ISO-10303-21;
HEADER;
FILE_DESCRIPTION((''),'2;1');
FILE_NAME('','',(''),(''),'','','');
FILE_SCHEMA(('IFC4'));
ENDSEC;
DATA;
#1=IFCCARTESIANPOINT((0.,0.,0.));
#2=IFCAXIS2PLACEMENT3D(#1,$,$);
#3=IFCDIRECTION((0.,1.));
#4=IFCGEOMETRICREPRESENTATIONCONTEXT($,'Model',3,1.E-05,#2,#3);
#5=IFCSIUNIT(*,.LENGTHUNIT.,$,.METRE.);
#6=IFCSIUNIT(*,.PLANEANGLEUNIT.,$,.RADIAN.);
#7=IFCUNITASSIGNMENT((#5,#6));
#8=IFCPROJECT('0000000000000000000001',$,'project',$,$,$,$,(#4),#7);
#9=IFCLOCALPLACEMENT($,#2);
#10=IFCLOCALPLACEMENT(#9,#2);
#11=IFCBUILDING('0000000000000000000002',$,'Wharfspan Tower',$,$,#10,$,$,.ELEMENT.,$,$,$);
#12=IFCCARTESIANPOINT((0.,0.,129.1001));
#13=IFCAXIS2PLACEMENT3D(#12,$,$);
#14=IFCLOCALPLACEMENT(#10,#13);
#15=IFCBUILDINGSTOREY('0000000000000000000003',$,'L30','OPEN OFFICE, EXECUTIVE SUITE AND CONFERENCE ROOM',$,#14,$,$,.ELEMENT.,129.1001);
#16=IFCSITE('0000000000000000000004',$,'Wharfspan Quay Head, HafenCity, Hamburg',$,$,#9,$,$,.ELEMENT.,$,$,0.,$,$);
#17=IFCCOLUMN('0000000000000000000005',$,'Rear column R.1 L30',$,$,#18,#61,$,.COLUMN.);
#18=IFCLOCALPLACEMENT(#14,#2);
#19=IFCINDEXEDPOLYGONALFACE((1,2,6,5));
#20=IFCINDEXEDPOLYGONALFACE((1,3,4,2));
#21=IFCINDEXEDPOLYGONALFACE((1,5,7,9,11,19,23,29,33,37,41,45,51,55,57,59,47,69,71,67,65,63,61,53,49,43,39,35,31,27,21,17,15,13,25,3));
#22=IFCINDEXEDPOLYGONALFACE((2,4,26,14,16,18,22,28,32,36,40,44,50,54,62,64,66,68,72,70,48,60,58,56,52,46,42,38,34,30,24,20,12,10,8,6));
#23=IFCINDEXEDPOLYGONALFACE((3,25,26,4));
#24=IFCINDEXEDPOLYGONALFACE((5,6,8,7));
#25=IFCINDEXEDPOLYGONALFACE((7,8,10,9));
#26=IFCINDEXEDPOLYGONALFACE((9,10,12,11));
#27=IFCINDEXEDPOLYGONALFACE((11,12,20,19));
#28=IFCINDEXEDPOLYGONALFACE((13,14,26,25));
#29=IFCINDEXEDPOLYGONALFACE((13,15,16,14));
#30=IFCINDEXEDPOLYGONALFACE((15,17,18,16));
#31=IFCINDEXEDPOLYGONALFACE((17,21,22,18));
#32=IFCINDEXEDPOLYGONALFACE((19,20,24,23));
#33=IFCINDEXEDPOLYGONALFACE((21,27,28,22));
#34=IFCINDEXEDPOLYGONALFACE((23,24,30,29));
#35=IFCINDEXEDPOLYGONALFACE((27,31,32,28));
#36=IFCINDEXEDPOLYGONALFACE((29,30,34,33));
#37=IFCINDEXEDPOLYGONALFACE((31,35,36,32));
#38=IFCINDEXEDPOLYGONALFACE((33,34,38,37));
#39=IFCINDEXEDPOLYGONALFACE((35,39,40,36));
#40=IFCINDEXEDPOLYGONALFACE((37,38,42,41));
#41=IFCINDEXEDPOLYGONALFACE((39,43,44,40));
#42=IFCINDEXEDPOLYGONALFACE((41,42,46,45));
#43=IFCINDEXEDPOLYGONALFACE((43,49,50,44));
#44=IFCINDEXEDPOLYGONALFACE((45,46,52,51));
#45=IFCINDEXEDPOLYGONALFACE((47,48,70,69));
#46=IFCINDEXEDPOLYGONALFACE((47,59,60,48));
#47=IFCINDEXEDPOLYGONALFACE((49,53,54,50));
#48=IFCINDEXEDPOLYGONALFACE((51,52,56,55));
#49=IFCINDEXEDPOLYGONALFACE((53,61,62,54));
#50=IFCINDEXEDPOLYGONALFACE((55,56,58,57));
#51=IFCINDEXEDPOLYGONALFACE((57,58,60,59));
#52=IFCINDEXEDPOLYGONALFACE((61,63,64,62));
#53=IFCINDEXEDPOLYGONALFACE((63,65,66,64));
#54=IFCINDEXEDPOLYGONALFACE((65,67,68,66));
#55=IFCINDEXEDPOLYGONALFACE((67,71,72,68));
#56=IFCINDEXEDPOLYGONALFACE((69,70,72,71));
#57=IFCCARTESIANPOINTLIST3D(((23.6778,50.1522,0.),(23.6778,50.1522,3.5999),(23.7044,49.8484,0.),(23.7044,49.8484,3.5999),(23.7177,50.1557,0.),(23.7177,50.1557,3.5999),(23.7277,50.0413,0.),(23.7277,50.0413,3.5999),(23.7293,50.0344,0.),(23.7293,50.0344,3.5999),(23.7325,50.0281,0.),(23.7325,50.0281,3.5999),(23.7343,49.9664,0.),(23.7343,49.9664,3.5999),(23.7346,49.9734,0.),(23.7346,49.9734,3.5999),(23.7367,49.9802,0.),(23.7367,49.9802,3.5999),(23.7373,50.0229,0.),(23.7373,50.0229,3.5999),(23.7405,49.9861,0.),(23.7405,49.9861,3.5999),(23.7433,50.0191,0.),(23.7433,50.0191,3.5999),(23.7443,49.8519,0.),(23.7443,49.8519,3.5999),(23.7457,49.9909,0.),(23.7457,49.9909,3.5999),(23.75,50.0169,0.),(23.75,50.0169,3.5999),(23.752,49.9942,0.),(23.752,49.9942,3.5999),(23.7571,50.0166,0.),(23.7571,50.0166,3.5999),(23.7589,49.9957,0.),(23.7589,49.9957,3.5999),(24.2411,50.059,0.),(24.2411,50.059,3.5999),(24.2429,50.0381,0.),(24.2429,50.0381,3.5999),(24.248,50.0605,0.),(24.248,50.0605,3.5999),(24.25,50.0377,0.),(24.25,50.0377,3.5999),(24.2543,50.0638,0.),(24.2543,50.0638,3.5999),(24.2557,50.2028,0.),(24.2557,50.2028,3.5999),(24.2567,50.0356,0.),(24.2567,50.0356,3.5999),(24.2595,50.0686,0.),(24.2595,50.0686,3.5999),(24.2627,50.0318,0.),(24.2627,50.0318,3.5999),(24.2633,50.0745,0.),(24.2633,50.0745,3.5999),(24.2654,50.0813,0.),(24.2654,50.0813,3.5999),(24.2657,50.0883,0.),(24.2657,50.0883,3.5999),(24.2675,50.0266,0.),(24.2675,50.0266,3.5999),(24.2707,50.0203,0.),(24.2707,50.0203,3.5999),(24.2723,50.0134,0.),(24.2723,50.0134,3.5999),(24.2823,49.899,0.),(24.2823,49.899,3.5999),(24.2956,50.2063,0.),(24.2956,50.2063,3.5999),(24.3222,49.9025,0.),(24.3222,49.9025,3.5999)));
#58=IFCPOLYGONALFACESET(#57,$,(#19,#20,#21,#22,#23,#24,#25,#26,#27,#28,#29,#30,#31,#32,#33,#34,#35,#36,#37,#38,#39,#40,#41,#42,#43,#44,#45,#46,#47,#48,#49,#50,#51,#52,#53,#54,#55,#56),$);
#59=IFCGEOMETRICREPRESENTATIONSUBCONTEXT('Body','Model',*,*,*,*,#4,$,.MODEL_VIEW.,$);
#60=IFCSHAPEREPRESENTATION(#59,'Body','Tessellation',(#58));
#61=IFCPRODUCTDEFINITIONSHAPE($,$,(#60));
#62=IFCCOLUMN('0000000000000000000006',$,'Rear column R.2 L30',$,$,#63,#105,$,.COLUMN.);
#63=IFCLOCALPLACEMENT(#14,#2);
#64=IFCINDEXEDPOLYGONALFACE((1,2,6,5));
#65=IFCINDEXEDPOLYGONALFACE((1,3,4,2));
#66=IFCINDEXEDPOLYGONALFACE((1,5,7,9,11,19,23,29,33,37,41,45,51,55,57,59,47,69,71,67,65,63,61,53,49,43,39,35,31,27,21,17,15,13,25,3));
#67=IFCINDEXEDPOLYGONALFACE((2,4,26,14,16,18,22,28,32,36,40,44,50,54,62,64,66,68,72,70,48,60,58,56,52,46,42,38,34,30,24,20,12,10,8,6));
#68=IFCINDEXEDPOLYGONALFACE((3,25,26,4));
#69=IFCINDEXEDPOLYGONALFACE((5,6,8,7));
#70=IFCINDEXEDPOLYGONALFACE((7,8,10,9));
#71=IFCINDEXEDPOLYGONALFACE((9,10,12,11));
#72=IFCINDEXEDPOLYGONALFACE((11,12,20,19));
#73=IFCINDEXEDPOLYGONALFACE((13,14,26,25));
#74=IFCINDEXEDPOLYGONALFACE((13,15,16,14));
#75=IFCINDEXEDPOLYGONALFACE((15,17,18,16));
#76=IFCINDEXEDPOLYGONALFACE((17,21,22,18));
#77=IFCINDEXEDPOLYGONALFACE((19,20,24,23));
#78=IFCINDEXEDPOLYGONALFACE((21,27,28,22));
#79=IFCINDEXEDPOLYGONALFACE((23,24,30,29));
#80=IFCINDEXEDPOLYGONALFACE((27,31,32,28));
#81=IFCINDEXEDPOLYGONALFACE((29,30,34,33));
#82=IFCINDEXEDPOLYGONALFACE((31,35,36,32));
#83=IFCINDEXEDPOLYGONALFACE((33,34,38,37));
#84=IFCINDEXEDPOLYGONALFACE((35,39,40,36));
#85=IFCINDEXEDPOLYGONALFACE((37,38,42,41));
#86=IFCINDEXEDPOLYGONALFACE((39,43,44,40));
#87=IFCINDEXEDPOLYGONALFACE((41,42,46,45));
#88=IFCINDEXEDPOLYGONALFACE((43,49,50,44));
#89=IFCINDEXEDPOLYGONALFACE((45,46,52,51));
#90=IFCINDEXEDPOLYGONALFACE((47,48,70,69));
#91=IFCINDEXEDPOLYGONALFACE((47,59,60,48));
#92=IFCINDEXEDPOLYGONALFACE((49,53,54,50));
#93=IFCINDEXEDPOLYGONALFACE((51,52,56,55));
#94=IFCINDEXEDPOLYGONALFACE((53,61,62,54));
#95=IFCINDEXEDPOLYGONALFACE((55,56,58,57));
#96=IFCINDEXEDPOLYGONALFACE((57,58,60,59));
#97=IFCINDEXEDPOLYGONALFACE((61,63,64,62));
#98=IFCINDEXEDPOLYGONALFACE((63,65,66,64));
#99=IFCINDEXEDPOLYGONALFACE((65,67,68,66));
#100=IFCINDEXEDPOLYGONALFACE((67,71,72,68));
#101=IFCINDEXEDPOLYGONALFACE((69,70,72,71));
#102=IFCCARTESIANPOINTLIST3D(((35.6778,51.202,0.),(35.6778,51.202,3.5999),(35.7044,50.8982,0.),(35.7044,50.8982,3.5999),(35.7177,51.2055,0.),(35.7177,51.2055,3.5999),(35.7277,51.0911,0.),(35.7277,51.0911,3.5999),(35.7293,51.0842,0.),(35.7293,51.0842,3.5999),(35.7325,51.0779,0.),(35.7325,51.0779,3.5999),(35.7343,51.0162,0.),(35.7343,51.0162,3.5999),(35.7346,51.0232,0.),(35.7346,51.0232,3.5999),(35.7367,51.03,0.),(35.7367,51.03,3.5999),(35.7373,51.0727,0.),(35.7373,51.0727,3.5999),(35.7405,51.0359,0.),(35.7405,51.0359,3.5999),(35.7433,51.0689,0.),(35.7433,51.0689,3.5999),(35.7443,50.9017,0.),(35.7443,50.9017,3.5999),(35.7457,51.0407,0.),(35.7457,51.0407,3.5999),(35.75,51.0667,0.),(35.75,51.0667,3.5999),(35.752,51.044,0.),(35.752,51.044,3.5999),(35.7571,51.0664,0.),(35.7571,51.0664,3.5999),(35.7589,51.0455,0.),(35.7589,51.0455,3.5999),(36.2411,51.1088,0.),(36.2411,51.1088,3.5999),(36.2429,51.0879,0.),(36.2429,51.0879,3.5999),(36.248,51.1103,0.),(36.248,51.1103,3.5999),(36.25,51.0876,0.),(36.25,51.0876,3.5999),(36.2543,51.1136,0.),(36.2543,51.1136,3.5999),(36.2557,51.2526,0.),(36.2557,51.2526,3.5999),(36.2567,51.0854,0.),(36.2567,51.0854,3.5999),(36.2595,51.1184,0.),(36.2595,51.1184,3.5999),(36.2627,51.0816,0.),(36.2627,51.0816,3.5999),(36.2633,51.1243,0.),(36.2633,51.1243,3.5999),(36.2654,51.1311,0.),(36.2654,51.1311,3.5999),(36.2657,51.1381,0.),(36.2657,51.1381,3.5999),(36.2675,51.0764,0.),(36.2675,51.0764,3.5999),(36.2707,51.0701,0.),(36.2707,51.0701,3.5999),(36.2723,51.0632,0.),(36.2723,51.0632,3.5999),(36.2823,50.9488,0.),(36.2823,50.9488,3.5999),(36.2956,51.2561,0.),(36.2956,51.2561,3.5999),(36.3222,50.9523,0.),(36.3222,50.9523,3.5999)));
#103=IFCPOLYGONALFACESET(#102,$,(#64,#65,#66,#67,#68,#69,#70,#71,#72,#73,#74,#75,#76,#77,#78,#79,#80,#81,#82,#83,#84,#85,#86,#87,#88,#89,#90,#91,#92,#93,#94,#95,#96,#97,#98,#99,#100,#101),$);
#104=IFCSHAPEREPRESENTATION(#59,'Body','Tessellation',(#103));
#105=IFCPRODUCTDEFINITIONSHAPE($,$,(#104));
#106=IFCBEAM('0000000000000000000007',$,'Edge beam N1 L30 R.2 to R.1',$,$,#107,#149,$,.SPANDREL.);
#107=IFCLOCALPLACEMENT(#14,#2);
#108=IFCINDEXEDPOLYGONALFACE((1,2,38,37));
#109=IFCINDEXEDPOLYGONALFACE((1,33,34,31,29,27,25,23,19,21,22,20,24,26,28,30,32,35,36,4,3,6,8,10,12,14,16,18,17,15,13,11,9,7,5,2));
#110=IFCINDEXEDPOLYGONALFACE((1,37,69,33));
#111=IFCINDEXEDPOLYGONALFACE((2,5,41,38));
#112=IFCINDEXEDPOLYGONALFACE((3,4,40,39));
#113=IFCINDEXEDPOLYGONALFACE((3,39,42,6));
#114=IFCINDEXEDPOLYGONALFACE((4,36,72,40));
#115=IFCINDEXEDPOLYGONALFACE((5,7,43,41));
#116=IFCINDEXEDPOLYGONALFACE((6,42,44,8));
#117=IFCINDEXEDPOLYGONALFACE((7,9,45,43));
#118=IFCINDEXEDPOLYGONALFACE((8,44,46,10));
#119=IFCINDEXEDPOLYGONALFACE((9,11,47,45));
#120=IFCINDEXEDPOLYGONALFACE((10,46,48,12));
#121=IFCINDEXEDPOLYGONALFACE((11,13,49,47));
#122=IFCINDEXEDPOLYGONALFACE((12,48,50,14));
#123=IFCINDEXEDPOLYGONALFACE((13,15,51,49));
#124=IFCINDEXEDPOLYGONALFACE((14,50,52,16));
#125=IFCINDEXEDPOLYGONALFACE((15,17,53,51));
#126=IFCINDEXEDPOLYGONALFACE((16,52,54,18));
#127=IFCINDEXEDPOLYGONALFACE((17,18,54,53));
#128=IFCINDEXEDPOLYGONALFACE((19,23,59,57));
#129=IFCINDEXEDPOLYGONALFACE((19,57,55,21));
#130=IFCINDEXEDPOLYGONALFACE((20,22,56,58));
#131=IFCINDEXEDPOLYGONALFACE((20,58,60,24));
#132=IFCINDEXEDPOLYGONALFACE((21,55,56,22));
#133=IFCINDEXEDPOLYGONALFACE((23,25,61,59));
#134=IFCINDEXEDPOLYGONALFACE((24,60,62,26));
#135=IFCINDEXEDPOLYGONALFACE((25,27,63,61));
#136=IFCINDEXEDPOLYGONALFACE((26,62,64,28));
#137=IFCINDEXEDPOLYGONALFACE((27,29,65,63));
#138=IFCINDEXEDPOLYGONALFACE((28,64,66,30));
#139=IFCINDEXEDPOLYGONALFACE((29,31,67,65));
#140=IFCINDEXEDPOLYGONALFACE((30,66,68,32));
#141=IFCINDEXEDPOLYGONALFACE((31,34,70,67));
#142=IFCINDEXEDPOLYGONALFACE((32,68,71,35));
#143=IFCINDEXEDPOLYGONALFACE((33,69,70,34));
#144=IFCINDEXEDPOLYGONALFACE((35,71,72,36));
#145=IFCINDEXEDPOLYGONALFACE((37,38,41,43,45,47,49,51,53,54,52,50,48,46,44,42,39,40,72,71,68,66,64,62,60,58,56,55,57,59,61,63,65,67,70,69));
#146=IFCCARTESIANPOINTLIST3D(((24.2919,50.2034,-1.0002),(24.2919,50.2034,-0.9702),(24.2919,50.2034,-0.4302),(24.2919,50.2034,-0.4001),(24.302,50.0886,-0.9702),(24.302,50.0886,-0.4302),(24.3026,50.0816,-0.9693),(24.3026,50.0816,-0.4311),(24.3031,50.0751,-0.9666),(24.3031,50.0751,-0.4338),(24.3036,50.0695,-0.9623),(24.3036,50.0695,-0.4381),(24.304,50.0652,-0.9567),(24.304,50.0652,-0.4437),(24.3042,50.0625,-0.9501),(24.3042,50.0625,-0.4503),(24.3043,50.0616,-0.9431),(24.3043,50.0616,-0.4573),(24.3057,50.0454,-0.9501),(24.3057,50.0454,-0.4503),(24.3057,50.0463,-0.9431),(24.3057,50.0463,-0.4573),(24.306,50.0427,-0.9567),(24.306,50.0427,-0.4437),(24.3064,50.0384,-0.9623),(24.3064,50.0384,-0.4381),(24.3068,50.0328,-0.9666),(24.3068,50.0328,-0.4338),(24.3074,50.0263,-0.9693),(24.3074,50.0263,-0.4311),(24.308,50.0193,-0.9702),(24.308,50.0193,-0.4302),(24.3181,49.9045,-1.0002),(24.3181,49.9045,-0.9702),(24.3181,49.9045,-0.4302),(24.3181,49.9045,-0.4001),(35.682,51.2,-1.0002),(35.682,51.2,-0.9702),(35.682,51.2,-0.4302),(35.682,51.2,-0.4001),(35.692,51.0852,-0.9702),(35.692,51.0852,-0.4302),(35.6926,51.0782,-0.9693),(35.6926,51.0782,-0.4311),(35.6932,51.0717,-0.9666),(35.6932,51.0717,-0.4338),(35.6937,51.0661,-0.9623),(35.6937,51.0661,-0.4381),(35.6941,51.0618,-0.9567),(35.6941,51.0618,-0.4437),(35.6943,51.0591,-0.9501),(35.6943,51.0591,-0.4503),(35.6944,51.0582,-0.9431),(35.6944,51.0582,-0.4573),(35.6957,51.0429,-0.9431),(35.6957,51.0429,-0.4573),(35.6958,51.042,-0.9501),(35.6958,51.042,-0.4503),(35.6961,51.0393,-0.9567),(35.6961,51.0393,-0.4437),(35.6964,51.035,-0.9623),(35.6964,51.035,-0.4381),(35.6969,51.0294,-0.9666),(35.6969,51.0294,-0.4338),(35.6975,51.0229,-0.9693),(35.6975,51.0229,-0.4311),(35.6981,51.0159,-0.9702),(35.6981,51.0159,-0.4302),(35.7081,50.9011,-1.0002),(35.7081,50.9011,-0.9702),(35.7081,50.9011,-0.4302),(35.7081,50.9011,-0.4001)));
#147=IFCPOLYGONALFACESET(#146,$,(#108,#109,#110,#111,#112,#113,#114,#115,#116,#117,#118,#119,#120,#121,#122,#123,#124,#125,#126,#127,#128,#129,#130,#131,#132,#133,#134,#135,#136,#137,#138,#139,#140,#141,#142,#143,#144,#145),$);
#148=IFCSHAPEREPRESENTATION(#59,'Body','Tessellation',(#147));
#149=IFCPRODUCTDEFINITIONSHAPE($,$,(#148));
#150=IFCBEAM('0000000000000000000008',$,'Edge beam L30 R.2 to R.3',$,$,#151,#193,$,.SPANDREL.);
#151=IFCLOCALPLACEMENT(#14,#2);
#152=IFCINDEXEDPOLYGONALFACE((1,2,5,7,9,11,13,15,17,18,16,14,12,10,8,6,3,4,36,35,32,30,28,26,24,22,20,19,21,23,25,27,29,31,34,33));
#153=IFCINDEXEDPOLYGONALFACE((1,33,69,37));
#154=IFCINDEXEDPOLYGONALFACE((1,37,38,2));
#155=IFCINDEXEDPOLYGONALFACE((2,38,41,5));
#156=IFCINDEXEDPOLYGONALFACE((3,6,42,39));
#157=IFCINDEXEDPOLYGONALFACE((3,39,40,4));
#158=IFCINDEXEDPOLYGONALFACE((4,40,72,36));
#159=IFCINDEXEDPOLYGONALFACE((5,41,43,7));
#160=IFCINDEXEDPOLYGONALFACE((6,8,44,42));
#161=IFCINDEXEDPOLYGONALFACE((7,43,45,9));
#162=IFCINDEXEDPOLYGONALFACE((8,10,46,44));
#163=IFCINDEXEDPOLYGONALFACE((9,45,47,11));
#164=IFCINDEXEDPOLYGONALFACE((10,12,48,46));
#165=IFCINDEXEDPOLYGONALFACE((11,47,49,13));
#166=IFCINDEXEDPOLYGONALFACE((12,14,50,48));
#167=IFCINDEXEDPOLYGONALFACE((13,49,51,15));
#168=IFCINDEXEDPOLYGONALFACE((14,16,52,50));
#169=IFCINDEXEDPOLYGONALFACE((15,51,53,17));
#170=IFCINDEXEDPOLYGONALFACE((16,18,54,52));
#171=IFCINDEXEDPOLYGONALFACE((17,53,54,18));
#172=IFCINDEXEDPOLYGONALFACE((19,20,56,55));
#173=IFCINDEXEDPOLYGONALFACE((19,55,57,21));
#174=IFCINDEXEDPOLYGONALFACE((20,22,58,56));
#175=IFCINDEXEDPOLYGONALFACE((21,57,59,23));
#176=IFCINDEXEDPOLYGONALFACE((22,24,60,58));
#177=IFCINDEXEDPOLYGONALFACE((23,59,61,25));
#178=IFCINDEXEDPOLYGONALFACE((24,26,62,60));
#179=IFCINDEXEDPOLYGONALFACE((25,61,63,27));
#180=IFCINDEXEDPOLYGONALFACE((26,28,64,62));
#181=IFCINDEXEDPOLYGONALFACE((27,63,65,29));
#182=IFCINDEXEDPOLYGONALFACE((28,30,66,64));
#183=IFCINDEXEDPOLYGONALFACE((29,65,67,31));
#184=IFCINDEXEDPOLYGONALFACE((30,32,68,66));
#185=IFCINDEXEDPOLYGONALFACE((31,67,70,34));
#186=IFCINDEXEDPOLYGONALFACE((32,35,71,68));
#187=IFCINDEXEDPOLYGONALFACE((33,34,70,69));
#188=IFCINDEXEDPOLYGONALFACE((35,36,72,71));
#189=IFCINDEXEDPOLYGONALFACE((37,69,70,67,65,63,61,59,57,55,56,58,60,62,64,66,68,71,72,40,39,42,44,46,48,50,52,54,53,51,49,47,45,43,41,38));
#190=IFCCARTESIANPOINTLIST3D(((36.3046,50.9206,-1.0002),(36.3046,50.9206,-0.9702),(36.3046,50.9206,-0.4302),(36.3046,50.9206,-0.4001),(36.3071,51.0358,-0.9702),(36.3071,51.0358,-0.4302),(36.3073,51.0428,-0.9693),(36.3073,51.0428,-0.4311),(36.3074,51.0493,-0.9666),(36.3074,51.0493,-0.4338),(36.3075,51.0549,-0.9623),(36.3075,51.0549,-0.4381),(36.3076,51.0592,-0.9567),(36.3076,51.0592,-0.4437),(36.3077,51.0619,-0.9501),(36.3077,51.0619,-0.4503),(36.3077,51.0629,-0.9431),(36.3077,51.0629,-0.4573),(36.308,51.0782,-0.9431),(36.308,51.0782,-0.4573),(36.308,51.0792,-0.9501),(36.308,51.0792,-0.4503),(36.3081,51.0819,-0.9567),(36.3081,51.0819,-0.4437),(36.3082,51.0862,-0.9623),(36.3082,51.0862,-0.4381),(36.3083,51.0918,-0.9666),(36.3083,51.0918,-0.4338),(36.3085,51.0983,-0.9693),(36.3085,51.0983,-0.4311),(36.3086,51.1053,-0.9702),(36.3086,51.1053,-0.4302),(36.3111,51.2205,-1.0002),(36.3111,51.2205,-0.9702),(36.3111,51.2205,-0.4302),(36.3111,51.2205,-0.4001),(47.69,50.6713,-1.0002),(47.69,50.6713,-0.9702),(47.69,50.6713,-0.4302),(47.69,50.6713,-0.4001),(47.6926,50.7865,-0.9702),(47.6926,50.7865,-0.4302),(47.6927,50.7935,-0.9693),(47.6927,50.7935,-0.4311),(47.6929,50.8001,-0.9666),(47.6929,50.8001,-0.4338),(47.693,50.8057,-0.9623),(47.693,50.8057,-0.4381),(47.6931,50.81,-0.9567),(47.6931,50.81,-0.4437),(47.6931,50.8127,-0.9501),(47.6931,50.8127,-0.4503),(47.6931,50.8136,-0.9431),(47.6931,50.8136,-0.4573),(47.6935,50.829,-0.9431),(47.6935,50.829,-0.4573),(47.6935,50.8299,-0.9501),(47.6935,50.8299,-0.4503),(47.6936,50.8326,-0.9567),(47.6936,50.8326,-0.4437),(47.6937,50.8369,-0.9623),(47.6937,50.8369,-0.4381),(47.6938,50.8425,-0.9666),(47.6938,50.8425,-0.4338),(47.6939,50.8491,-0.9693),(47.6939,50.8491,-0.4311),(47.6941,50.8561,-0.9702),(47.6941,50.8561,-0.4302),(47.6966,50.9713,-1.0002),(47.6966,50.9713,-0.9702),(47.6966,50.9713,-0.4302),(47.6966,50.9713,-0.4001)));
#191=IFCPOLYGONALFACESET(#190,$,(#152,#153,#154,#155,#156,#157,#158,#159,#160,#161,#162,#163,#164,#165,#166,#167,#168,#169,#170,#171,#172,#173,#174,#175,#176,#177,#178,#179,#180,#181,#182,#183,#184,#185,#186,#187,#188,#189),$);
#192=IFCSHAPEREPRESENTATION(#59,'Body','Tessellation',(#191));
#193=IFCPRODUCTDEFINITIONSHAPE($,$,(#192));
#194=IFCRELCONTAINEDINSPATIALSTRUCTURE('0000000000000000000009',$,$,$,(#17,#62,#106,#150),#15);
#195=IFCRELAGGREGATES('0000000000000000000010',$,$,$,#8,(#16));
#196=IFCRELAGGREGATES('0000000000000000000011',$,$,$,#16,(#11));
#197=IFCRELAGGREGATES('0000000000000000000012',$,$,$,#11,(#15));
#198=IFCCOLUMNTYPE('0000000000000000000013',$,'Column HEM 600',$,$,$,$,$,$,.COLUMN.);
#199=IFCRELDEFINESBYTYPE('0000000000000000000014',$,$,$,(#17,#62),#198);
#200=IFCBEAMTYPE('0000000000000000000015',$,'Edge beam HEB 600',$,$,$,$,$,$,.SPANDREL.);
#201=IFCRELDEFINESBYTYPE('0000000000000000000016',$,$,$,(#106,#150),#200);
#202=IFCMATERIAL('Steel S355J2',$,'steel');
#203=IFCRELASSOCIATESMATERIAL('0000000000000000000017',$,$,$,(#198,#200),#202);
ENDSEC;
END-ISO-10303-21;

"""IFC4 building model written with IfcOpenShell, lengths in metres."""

from ifc_helpers import new_model, si_unit, direction, frame, origin, origin_2d, place, context, subcontext, project, spatial, i_section, extrude, material, material_profile, profile_set, type_object, element, save


model = new_model("IFC4")

# Units and contexts
model_context = context("Model", 3, precision=1e-05, world=origin(), true_north=direction((0.0, 1.0)))
body_context = subcontext(model_context, "Body", "Model", "MODEL_VIEW")
ifc_project = project(units=[si_unit("LENGTHUNIT", "METRE"), si_unit("PLANEANGLEUNIT", "RADIAN")], contexts=[model_context])

# Site, building, storey
site_placement = place(None, origin())
site = spatial("IfcSite", under=ifc_project, at=site_placement, Name="Wharfspan Quay Head, HafenCity, Hamburg", CompositionType="ELEMENT", RefElevation=0.0)
building_placement = place(site_placement, origin())
building = spatial("IfcBuilding", under=site, at=building_placement, Name="Wharfspan Tower", CompositionType="ELEMENT")
storey_placement = place(building_placement, frame((0.0, 0.0, 129.1001)))
storey = spatial("IfcBuildingStorey", under=building, at=storey_placement, Name="L30", Description="OPEN OFFICE, EXECUTIVE SUITE AND CONFERENCE ROOM", CompositionType="ELEMENT", Elevation=129.1001)

# Columns
ifc_material_1 = material(Name="Steel S355J2", Category="steel")
ifc_material_profile_1 = material_profile(ifc_material_1, i_section(OverallWidth=0.3049, OverallDepth=0.6201, WebThickness=0.021, FlangeThickness=0.04, FilletRadius=0.0271, at=origin_2d()))
ifc_profile_set_1 = profile_set([ifc_material_profile_1], Name="Steel S355J2")
column_type = type_object("IfcColumnType", Name="Column HEM 600", PredefinedType="COLUMN", material=ifc_profile_set_1)
for number, where, z_axis, x_axis, name in (
    (1, (24.0, 50.0273, 0.0), (0.0, 0.0, 1.0), (-0.087156, 0.996198, 0.0), "Rear column R.1 L30"),
    (2, (36.0, 51.0771, 0.0), (0.0, 0.0, 1.0), (-0.087156, 0.996198, 0.0), "Rear column R.2 L30"),
):
    element("IfcColumn", number, at=place(storey_placement, frame(where, z_axis=z_axis, x_axis=x_axis)), inside=storey, type_object=column_type, Name=name, PredefinedType="COLUMN", context=body_context, shape_type="SweptSolid", body=[
        extrude(i_section(OverallWidth=0.3049, OverallDepth=0.6201, WebThickness=0.021, FlangeThickness=0.04, FilletRadius=0.0271, at=origin_2d()), origin(), (0.0, 0.0, 1.0), 3.5999),
    ])

# Beams
ifc_material_profile_2 = material_profile(ifc_material_1, i_section(OverallWidth=0.3, OverallDepth=0.6001, WebThickness=0.0154, FlangeThickness=0.03, FilletRadius=0.0271, at=origin_2d()))
ifc_profile_set_2 = profile_set([ifc_material_profile_2], Name="Steel S355J2")
beam_type = type_object("IfcBeamType", Name="Edge beam HEB 600", PredefinedType="SPANDREL", material=ifc_profile_set_2)
beam_1_placement = place(storey_placement, frame((35.6951, 51.0505, -0.7002), z_axis=(-0.996194, -0.087162, 0.0), x_axis=(0.087162, -0.996194, 0.0)))
element("IfcBeam", 3, at=beam_1_placement, inside=storey, type_object=beam_type, Name="Edge beam N1 L30 R.2 to R.1", PredefinedType="SPANDREL", context=body_context, shape_type="SweptSolid", body=[
    extrude(i_section(OverallWidth=0.3, OverallDepth=0.6001, WebThickness=0.0154, FlangeThickness=0.03, FilletRadius=0.0271, at=origin_2d()), origin(), (0.0, 0.0, 1.0), 11.4336),
])
beam_2_placement = place(storey_placement, frame((36.3079, 51.0706, -0.7002), z_axis=(0.99976, -0.021888, 0.0), x_axis=(0.021888, 0.99976, 0.0)))
element("IfcBeam", 4, at=beam_2_placement, inside=storey, type_object=beam_type, Name="Edge beam L30 R.2 to R.3", PredefinedType="SPANDREL", context=body_context, shape_type="SweptSolid", body=[
    extrude(i_section(OverallWidth=0.3, OverallDepth=0.6001, WebThickness=0.0154, FlangeThickness=0.03, FilletRadius=0.0271, at=origin_2d()), origin(), (0.0, 0.0, 1.0), 11.3882),
])

save(model, "model.ifc")
